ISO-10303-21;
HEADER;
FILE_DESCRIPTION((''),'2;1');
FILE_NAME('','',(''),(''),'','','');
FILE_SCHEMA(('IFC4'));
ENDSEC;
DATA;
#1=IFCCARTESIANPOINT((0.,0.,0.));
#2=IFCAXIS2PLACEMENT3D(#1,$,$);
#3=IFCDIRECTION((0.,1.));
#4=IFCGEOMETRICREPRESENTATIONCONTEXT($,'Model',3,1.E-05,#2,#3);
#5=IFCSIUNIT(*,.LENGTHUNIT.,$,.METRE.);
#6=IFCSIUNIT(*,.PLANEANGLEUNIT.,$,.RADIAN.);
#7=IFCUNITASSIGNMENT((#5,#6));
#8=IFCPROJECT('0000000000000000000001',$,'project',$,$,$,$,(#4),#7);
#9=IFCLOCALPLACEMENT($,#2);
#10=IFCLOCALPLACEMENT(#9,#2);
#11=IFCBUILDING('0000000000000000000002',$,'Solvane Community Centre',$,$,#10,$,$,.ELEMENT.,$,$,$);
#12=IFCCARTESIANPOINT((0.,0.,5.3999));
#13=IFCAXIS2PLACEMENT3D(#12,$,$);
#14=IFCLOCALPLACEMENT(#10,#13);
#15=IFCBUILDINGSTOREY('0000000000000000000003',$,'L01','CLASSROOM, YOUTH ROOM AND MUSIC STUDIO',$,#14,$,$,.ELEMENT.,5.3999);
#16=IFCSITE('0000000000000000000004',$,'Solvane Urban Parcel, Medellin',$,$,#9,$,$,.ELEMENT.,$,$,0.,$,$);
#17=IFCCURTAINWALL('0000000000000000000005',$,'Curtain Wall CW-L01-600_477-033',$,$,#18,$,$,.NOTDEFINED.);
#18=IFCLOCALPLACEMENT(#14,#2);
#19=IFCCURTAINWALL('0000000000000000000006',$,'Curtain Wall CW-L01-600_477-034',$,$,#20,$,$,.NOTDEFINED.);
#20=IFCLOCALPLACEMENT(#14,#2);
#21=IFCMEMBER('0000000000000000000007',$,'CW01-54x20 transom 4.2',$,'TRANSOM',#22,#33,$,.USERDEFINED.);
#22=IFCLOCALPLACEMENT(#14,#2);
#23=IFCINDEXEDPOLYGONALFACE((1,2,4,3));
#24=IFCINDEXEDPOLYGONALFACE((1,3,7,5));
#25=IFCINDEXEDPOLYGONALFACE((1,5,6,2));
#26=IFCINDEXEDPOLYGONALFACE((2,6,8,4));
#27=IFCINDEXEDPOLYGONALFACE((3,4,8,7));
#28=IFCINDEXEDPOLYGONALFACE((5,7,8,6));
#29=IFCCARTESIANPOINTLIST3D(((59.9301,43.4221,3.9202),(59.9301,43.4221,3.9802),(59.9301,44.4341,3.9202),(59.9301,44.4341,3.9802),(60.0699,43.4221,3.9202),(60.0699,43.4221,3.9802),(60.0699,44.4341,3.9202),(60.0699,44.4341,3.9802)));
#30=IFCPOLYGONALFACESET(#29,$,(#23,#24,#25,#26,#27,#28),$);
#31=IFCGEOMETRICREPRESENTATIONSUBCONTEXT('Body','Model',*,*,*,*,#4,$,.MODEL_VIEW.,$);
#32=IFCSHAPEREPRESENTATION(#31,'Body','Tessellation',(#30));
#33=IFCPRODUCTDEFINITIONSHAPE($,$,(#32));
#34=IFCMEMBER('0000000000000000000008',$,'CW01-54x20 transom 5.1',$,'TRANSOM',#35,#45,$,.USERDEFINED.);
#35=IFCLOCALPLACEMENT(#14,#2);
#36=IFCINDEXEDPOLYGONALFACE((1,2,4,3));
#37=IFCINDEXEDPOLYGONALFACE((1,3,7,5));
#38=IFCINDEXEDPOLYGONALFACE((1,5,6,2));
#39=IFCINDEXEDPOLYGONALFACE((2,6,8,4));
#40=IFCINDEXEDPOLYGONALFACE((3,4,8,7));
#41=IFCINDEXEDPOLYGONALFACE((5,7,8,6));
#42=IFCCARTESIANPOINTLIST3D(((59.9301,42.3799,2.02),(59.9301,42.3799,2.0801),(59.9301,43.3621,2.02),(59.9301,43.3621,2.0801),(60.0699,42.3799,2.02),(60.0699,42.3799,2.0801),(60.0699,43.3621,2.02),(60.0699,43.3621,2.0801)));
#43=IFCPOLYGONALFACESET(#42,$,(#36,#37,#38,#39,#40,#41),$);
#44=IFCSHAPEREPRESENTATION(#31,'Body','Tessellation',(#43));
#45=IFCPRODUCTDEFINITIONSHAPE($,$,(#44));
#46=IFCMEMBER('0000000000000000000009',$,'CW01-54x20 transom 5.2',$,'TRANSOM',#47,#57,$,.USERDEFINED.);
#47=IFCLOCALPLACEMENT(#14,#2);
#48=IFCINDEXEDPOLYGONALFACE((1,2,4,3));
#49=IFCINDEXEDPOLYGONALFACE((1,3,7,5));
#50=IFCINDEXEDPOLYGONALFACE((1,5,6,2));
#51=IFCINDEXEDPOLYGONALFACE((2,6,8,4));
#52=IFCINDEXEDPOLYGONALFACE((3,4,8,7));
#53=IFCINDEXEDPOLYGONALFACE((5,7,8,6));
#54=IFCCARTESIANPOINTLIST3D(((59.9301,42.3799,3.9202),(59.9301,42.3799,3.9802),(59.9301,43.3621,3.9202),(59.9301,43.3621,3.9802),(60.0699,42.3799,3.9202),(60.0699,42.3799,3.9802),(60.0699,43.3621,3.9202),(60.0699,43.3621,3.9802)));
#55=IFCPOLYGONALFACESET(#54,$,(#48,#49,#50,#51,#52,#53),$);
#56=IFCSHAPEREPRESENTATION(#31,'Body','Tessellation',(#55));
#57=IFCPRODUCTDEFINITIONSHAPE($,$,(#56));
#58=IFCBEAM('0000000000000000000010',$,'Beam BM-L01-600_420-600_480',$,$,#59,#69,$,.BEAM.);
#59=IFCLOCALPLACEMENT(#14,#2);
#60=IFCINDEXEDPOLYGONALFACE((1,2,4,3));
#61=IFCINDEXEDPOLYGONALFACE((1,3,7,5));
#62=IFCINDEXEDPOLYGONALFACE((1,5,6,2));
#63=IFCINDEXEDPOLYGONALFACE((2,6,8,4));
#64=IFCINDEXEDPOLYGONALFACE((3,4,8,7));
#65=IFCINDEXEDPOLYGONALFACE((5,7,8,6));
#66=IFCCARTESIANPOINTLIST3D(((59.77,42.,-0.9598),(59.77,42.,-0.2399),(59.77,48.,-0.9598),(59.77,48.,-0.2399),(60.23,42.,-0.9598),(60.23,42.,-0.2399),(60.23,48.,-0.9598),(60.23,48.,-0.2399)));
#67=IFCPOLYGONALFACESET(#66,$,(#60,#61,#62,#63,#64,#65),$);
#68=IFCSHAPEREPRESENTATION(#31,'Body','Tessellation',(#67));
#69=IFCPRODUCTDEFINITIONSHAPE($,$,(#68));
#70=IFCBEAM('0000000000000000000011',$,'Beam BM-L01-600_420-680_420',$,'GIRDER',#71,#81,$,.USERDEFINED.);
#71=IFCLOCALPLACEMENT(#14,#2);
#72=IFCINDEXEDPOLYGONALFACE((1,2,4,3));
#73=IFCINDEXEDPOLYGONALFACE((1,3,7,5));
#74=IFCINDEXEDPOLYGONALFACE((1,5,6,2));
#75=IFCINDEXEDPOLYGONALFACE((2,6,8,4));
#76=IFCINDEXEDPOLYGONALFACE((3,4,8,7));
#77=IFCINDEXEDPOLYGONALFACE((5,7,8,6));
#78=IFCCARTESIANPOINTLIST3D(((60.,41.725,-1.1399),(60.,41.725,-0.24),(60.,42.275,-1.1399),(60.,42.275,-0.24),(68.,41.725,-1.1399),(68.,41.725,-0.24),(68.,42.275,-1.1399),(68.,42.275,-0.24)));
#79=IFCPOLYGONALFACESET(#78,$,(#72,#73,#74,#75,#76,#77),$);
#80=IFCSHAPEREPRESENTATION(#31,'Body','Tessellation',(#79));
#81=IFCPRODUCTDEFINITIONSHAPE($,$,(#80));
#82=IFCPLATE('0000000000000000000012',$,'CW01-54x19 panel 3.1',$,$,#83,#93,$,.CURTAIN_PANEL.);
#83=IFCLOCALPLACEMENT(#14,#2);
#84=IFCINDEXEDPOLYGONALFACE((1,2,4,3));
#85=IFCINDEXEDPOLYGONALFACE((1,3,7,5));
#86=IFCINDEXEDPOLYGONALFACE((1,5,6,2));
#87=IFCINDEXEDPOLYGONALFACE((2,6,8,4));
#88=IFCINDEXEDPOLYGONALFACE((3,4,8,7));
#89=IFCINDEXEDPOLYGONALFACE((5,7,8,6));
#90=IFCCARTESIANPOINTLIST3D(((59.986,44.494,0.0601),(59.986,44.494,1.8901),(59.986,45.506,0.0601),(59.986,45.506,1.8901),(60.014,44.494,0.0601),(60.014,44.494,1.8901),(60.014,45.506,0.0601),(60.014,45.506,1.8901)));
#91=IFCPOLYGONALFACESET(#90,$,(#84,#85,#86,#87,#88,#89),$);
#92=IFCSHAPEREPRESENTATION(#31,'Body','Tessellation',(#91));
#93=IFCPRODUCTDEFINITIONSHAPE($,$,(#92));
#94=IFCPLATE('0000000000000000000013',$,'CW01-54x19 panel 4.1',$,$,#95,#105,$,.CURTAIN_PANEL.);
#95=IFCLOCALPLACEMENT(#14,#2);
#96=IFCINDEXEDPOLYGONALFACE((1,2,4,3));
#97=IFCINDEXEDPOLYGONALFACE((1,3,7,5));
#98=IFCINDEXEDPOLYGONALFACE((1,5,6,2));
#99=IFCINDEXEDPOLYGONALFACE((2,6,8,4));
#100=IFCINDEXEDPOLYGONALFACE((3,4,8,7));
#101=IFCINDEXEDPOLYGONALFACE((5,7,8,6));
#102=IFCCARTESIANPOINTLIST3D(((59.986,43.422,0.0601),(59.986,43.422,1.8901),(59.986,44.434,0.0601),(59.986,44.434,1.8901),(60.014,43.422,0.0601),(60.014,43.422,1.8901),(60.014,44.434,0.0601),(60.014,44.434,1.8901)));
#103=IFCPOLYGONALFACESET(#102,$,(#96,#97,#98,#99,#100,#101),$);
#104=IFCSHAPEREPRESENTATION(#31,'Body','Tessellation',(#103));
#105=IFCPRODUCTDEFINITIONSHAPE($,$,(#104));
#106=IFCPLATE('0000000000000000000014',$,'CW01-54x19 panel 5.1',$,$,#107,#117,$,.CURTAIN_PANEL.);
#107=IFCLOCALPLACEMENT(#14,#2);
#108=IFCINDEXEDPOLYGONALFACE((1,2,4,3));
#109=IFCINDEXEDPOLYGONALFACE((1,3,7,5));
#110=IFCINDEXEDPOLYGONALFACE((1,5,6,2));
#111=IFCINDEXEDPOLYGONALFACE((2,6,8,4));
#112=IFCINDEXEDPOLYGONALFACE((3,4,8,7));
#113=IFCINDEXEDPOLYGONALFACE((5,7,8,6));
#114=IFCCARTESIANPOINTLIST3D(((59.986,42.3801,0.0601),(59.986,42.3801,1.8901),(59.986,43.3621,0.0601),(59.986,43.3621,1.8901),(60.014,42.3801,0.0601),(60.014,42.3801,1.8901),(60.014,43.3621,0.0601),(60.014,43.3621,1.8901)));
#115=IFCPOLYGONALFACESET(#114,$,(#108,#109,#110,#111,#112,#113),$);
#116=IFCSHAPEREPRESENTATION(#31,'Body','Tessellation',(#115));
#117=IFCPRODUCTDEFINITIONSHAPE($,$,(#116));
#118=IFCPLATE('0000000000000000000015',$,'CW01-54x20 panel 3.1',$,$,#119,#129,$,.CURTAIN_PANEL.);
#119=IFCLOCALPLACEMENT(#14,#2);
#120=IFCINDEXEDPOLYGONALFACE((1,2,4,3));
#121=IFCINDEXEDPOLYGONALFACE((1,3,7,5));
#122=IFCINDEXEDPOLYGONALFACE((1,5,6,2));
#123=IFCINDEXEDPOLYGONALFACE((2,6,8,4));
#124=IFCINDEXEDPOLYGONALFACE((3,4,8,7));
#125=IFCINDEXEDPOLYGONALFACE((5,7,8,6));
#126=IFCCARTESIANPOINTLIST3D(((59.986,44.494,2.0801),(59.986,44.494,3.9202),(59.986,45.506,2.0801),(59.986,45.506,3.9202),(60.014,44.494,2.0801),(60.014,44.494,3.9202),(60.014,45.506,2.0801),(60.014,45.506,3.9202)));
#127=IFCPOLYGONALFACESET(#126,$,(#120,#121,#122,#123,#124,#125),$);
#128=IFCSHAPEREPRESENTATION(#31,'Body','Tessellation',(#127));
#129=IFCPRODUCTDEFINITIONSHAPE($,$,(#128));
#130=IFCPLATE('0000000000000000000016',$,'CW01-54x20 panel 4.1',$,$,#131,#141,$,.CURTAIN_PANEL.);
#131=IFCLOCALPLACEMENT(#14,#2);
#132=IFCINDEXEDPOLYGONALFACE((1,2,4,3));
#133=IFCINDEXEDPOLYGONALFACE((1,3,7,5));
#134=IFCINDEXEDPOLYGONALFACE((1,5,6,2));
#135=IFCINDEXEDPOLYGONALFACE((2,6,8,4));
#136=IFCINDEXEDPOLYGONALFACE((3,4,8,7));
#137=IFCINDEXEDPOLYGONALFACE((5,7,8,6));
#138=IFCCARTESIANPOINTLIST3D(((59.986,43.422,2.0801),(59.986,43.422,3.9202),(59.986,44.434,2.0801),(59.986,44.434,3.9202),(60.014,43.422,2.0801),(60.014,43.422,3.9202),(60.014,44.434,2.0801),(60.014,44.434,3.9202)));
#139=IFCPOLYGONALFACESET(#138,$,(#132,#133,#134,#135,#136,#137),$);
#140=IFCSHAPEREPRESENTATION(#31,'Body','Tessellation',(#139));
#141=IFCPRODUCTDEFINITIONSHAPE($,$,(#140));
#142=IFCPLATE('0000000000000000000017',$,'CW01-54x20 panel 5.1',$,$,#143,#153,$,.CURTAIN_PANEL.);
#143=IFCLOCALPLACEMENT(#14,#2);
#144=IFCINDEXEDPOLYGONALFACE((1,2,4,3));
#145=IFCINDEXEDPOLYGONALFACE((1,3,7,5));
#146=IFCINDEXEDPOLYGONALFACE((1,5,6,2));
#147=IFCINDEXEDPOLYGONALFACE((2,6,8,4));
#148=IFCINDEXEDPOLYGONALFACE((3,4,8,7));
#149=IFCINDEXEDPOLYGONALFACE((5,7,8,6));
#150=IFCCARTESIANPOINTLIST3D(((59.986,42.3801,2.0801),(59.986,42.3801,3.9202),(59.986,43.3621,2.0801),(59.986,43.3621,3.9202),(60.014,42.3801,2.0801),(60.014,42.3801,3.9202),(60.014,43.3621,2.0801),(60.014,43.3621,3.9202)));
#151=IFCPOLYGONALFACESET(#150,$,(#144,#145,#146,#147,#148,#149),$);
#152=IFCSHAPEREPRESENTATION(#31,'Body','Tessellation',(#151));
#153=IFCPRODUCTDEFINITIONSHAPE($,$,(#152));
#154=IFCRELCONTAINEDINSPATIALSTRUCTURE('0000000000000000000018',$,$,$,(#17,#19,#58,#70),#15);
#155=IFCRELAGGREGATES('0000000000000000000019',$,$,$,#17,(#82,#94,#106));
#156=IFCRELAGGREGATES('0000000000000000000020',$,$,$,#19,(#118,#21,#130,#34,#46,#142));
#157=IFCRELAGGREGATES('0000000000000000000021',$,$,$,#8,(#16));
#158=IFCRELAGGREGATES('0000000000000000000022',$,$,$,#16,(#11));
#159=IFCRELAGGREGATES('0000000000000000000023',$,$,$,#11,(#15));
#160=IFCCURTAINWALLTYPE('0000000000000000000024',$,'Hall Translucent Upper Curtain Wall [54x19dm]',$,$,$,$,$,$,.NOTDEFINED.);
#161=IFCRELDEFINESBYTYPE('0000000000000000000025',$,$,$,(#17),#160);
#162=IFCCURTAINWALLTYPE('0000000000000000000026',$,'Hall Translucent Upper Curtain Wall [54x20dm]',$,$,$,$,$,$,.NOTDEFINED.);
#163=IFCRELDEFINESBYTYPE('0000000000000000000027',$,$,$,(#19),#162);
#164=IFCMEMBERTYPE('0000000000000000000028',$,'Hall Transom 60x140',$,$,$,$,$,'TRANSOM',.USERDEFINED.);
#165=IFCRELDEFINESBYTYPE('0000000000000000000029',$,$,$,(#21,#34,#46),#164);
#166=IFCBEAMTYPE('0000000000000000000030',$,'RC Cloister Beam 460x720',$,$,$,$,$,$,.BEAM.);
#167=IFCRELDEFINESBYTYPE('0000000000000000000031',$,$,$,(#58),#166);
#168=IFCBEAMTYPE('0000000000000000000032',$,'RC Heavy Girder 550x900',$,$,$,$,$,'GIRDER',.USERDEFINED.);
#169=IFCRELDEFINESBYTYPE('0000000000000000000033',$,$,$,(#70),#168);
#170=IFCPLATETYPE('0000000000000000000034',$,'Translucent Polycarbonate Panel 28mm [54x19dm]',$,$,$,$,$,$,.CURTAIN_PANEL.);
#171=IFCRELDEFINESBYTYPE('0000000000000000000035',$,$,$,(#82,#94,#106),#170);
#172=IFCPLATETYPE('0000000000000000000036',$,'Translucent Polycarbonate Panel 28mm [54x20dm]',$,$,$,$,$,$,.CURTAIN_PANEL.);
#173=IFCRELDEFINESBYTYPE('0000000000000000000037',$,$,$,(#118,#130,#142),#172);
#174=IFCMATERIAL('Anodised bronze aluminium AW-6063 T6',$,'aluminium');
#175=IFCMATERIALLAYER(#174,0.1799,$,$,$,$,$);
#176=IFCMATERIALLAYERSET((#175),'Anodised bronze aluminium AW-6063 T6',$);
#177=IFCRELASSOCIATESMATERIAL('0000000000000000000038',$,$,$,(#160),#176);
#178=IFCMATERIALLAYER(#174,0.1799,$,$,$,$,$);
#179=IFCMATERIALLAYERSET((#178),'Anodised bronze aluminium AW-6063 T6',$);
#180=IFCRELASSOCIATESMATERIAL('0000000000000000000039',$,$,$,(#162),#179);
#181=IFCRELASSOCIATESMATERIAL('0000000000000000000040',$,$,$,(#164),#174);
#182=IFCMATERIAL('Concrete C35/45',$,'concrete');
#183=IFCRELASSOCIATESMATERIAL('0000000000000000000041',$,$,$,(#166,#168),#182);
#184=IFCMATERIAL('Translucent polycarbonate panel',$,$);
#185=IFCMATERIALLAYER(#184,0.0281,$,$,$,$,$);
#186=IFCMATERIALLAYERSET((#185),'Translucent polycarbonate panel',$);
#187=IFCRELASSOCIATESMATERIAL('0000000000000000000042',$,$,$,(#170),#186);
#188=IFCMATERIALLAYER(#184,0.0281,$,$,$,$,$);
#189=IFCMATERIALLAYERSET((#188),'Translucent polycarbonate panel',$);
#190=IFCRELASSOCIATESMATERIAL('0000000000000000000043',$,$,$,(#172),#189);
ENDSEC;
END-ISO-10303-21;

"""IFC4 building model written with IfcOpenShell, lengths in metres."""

from ifc_helpers import new_model, si_unit, direction, frame, origin, origin_2d, place, context, subcontext, project, spatial, rectangle, extrude, material, layer, layer_set, material_profile, profile_set, type_object, element, aggregate, save


model = new_model("IFC4")

# Units and contexts
model_context = context("Model", 3, precision=1e-05, world=origin(), true_north=direction((0.0, 1.0)))
body_context = subcontext(model_context, "Body", "Model", "MODEL_VIEW")
ifc_project = project(units=[si_unit("LENGTHUNIT", "METRE"), si_unit("PLANEANGLEUNIT", "RADIAN")], contexts=[model_context])

# Site, building, storey
site_placement = place(None, origin())
site = spatial("IfcSite", under=ifc_project, at=site_placement, Name="Solvane Urban Parcel, Medellin", CompositionType="ELEMENT", RefElevation=0.0)
building_placement = place(site_placement, origin())
building = spatial("IfcBuilding", under=site, at=building_placement, Name="Solvane Community Centre", CompositionType="ELEMENT")
storey_placement = place(building_placement, frame((0.0, 0.0, 5.3999)))
storey = spatial("IfcBuildingStorey", under=building, at=storey_placement, Name="L01", Description="CLASSROOM, YOUTH ROOM AND MUSIC STUDIO", CompositionType="ELEMENT", Elevation=5.3999)

# Curtain walls
ifc_material_1 = material(Name="Anodised bronze aluminium AW-6063 T6", Category="aluminium")
ifc_layer_1 = layer(ifc_material_1, 0.1799)
ifc_layer_set_1 = layer_set([ifc_layer_1], Name="Anodised bronze aluminium AW-6063 T6")
curtain_wall_type_1 = type_object("IfcCurtainWallType", Name="Hall Translucent Upper Curtain Wall [54x19dm]", PredefinedType="NOTDEFINED", material=ifc_layer_set_1)
curtain_wall_1_placement = place(storey_placement, origin())
curtain_wall_1 = element("IfcCurtainWall", 1, at=curtain_wall_1_placement, inside=storey, type_object=curtain_wall_type_1, Name="Curtain Wall CW-L01-600_477-033", PredefinedType="NOTDEFINED")
ifc_layer_2 = layer(ifc_material_1, 0.1799)
ifc_layer_set_2 = layer_set([ifc_layer_2], Name="Anodised bronze aluminium AW-6063 T6")
curtain_wall_type_2 = type_object("IfcCurtainWallType", Name="Hall Translucent Upper Curtain Wall [54x20dm]", PredefinedType="NOTDEFINED", material=ifc_layer_set_2)
curtain_wall_2_placement = place(storey_placement, origin())
curtain_wall_2 = element("IfcCurtainWall", 2, at=curtain_wall_2_placement, inside=storey, type_object=curtain_wall_type_2, Name="Curtain Wall CW-L01-600_477-034", PredefinedType="NOTDEFINED")

# Members
ifc_material_profile_1 = material_profile(ifc_material_1, rectangle(XDim=0.1399, YDim=0.0601, at=origin_2d()), Name="CW-T 60x140")
ifc_profile_set_1 = profile_set([ifc_material_profile_1], Name="Anodised bronze aluminium AW-6063 T6")
member_type_1 = type_object("IfcMemberType", Name="Hall Transom 60x140", ElementType="TRANSOM", PredefinedType="USERDEFINED", material=ifc_profile_set_1)
member_1_placement = place(storey_placement, frame((60.0, 44.4341, 3.9502), z_axis=(0.0, -1.0, 0.0), x_axis=(1.0, 0.0, 0.0)))
member_1 = element("IfcMember", 3, at=member_1_placement, type_object=member_type_1, Name="CW01-54x20 transom 4.2", ObjectType="TRANSOM", PredefinedType="USERDEFINED", context=body_context, shape_type="SweptSolid", body=[
    extrude(rectangle(XDim=0.1399, YDim=0.0601, at=origin_2d()), origin(), (0.0, 0.0, 1.0), 1.012),
])
member_2_placement = place(storey_placement, frame((60.0, 43.3621, 2.05), z_axis=(0.0, -1.0, 0.0), x_axis=(1.0, 0.0, 0.0)))
member_2 = element("IfcMember", 4, at=member_2_placement, type_object=member_type_1, Name="CW01-54x20 transom 5.1", ObjectType="TRANSOM", PredefinedType="USERDEFINED", context=body_context, shape_type="SweptSolid", body=[
    extrude(rectangle(XDim=0.1399, YDim=0.0601, at=origin_2d()), origin(), (0.0, 0.0, 1.0), 0.9822),
])
member_3_placement = place(storey_placement, frame((60.0, 43.3621, 3.9502), z_axis=(0.0, -1.0, 0.0), x_axis=(1.0, 0.0, 0.0)))
member_3 = element("IfcMember", 5, at=member_3_placement, type_object=member_type_1, Name="CW01-54x20 transom 5.2", ObjectType="TRANSOM", PredefinedType="USERDEFINED", context=body_context, shape_type="SweptSolid", body=[
    extrude(rectangle(XDim=0.1399, YDim=0.0601, at=origin_2d()), origin(), (0.0, 0.0, 1.0), 0.9822),
])

# Beams
ifc_material_2 = material(Name="Concrete C35/45", Category="concrete")
ifc_material_profile_2 = material_profile(ifc_material_2, rectangle(XDim=0.46, YDim=0.72, at=origin_2d()), Name="RC 460x720")
ifc_profile_set_2 = profile_set([ifc_material_profile_2], Name="Concrete C35/45")
beam_type_1 = type_object("IfcBeamType", Name="RC Cloister Beam 460x720", PredefinedType="BEAM", material=ifc_profile_set_2)
beam_1_placement = place(storey_placement, frame((60.0, 42.0, -0.5999), z_axis=(0.0, 1.0, 0.0), x_axis=(-1.0, 0.0, 0.0)))
element("IfcBeam", 6, at=beam_1_placement, inside=storey, type_object=beam_type_1, Name="Beam BM-L01-600_420-600_480", PredefinedType="BEAM", context=body_context, shape_type="SweptSolid", body=[
    extrude(rectangle(XDim=0.46, YDim=0.72, at=origin_2d()), origin(), (0.0, 0.0, 1.0), 6.0),
])
ifc_material_profile_3 = material_profile(ifc_material_2, rectangle(XDim=0.55, YDim=0.8999, at=origin_2d()), Name="RC 550x900")
ifc_profile_set_3 = profile_set([ifc_material_profile_3], Name="Concrete C35/45")
beam_type_2 = type_object("IfcBeamType", Name="RC Heavy Girder 550x900", ElementType="GIRDER", PredefinedType="USERDEFINED", material=ifc_profile_set_3)
beam_2_placement = place(storey_placement, frame((60.0, 42.0, -0.6899), z_axis=(1.0, 0.0, 0.0), x_axis=(0.0, 1.0, 0.0)))
element("IfcBeam", 7, at=beam_2_placement, inside=storey, type_object=beam_type_2, Name="Beam BM-L01-600_420-680_420", ObjectType="GIRDER", PredefinedType="USERDEFINED", context=body_context, shape_type="SweptSolid", body=[
    extrude(rectangle(XDim=0.55, YDim=0.8999, at=origin_2d()), origin(), (0.0, 0.0, 1.0), 8.0),
])

# Plates
ifc_material_3 = material(Name="Translucent polycarbonate panel")
ifc_layer_3 = layer(ifc_material_3, 0.0281)
ifc_layer_set_3 = layer_set([ifc_layer_3], Name="Translucent polycarbonate panel")
plate_type_1 = type_object("IfcPlateType", Name="Translucent Polycarbonate Panel 28mm [54x19dm]", PredefinedType="CURTAIN_PANEL", material=ifc_layer_set_3)
plate_1_placement = place(storey_placement, frame((60.0, 45.0, 0.0601), z_axis=(0.0, 0.0, 1.0), x_axis=(0.0, -1.0, 0.0)))
plate_1 = element("IfcPlate", 8, at=plate_1_placement, type_object=plate_type_1, Name="CW01-54x19 panel 3.1", PredefinedType="CURTAIN_PANEL", context=body_context, shape_type="SweptSolid", body=[
    extrude(rectangle(XDim=1.012, YDim=0.0281, at=origin_2d()), origin(), (0.0, 0.0, 1.0), 1.8301),
])
plate_2_placement = place(storey_placement, frame((60.0, 43.928, 0.0601), z_axis=(0.0, 0.0, 1.0), x_axis=(0.0, -1.0, 0.0)))
plate_2 = element("IfcPlate", 9, at=plate_2_placement, type_object=plate_type_1, Name="CW01-54x19 panel 4.1", PredefinedType="CURTAIN_PANEL", context=body_context, shape_type="SweptSolid", body=[
    extrude(rectangle(XDim=1.012, YDim=0.0281, at=origin_2d()), origin(), (0.0, 0.0, 1.0), 1.8301),
])
plate_3_placement = place(storey_placement, frame((60.0, 42.8711, 0.0601), z_axis=(0.0, 0.0, 1.0), x_axis=(0.0, -1.0, 0.0)))
plate_3 = element("IfcPlate", 10, at=plate_3_placement, type_object=plate_type_1, Name="CW01-54x19 panel 5.1", PredefinedType="CURTAIN_PANEL", context=body_context, shape_type="SweptSolid", body=[
    extrude(rectangle(XDim=0.9819, YDim=0.0281, at=origin_2d()), origin(), (0.0, 0.0, 1.0), 1.8301),
])
aggregate(curtain_wall_1, [plate_1, plate_2, plate_3])
ifc_layer_4 = layer(ifc_material_3, 0.0281)
ifc_layer_set_4 = layer_set([ifc_layer_4], Name="Translucent polycarbonate panel")
plate_type_2 = type_object("IfcPlateType", Name="Translucent Polycarbonate Panel 28mm [54x20dm]", PredefinedType="CURTAIN_PANEL", material=ifc_layer_set_4)
plate_4_placement = place(storey_placement, frame((60.0, 45.0, 2.0801), z_axis=(0.0, 0.0, 1.0), x_axis=(0.0, -1.0, 0.0)))
plate_4 = element("IfcPlate", 11, at=plate_4_placement, type_object=plate_type_2, Name="CW01-54x20 panel 3.1", PredefinedType="CURTAIN_PANEL", context=body_context, shape_type="SweptSolid", body=[
    extrude(rectangle(XDim=1.012, YDim=0.0281, at=origin_2d()), origin(), (0.0, 0.0, 1.0), 1.8401),
])
plate_5_placement = place(storey_placement, frame((60.0, 43.928, 2.0801), z_axis=(0.0, 0.0, 1.0), x_axis=(0.0, -1.0, 0.0)))
plate_5 = element("IfcPlate", 12, at=plate_5_placement, type_object=plate_type_2, Name="CW01-54x20 panel 4.1", PredefinedType="CURTAIN_PANEL", context=body_context, shape_type="SweptSolid", body=[
    extrude(rectangle(XDim=1.012, YDim=0.0281, at=origin_2d()), origin(), (0.0, 0.0, 1.0), 1.8401),
])
plate_6_placement = place(storey_placement, frame((60.0, 42.8711, 2.0801), z_axis=(0.0, 0.0, 1.0), x_axis=(0.0, -1.0, 0.0)))
plate_6 = element("IfcPlate", 13, at=plate_6_placement, type_object=plate_type_2, Name="CW01-54x20 panel 5.1", PredefinedType="CURTAIN_PANEL", context=body_context, shape_type="SweptSolid", body=[
    extrude(rectangle(XDim=0.9819, YDim=0.0281, at=origin_2d()), origin(), (0.0, 0.0, 1.0), 1.8401),
])
aggregate(curtain_wall_2, [plate_4, member_1, plate_5, member_2, member_3, plate_6])

save(model, "model.ifc")
